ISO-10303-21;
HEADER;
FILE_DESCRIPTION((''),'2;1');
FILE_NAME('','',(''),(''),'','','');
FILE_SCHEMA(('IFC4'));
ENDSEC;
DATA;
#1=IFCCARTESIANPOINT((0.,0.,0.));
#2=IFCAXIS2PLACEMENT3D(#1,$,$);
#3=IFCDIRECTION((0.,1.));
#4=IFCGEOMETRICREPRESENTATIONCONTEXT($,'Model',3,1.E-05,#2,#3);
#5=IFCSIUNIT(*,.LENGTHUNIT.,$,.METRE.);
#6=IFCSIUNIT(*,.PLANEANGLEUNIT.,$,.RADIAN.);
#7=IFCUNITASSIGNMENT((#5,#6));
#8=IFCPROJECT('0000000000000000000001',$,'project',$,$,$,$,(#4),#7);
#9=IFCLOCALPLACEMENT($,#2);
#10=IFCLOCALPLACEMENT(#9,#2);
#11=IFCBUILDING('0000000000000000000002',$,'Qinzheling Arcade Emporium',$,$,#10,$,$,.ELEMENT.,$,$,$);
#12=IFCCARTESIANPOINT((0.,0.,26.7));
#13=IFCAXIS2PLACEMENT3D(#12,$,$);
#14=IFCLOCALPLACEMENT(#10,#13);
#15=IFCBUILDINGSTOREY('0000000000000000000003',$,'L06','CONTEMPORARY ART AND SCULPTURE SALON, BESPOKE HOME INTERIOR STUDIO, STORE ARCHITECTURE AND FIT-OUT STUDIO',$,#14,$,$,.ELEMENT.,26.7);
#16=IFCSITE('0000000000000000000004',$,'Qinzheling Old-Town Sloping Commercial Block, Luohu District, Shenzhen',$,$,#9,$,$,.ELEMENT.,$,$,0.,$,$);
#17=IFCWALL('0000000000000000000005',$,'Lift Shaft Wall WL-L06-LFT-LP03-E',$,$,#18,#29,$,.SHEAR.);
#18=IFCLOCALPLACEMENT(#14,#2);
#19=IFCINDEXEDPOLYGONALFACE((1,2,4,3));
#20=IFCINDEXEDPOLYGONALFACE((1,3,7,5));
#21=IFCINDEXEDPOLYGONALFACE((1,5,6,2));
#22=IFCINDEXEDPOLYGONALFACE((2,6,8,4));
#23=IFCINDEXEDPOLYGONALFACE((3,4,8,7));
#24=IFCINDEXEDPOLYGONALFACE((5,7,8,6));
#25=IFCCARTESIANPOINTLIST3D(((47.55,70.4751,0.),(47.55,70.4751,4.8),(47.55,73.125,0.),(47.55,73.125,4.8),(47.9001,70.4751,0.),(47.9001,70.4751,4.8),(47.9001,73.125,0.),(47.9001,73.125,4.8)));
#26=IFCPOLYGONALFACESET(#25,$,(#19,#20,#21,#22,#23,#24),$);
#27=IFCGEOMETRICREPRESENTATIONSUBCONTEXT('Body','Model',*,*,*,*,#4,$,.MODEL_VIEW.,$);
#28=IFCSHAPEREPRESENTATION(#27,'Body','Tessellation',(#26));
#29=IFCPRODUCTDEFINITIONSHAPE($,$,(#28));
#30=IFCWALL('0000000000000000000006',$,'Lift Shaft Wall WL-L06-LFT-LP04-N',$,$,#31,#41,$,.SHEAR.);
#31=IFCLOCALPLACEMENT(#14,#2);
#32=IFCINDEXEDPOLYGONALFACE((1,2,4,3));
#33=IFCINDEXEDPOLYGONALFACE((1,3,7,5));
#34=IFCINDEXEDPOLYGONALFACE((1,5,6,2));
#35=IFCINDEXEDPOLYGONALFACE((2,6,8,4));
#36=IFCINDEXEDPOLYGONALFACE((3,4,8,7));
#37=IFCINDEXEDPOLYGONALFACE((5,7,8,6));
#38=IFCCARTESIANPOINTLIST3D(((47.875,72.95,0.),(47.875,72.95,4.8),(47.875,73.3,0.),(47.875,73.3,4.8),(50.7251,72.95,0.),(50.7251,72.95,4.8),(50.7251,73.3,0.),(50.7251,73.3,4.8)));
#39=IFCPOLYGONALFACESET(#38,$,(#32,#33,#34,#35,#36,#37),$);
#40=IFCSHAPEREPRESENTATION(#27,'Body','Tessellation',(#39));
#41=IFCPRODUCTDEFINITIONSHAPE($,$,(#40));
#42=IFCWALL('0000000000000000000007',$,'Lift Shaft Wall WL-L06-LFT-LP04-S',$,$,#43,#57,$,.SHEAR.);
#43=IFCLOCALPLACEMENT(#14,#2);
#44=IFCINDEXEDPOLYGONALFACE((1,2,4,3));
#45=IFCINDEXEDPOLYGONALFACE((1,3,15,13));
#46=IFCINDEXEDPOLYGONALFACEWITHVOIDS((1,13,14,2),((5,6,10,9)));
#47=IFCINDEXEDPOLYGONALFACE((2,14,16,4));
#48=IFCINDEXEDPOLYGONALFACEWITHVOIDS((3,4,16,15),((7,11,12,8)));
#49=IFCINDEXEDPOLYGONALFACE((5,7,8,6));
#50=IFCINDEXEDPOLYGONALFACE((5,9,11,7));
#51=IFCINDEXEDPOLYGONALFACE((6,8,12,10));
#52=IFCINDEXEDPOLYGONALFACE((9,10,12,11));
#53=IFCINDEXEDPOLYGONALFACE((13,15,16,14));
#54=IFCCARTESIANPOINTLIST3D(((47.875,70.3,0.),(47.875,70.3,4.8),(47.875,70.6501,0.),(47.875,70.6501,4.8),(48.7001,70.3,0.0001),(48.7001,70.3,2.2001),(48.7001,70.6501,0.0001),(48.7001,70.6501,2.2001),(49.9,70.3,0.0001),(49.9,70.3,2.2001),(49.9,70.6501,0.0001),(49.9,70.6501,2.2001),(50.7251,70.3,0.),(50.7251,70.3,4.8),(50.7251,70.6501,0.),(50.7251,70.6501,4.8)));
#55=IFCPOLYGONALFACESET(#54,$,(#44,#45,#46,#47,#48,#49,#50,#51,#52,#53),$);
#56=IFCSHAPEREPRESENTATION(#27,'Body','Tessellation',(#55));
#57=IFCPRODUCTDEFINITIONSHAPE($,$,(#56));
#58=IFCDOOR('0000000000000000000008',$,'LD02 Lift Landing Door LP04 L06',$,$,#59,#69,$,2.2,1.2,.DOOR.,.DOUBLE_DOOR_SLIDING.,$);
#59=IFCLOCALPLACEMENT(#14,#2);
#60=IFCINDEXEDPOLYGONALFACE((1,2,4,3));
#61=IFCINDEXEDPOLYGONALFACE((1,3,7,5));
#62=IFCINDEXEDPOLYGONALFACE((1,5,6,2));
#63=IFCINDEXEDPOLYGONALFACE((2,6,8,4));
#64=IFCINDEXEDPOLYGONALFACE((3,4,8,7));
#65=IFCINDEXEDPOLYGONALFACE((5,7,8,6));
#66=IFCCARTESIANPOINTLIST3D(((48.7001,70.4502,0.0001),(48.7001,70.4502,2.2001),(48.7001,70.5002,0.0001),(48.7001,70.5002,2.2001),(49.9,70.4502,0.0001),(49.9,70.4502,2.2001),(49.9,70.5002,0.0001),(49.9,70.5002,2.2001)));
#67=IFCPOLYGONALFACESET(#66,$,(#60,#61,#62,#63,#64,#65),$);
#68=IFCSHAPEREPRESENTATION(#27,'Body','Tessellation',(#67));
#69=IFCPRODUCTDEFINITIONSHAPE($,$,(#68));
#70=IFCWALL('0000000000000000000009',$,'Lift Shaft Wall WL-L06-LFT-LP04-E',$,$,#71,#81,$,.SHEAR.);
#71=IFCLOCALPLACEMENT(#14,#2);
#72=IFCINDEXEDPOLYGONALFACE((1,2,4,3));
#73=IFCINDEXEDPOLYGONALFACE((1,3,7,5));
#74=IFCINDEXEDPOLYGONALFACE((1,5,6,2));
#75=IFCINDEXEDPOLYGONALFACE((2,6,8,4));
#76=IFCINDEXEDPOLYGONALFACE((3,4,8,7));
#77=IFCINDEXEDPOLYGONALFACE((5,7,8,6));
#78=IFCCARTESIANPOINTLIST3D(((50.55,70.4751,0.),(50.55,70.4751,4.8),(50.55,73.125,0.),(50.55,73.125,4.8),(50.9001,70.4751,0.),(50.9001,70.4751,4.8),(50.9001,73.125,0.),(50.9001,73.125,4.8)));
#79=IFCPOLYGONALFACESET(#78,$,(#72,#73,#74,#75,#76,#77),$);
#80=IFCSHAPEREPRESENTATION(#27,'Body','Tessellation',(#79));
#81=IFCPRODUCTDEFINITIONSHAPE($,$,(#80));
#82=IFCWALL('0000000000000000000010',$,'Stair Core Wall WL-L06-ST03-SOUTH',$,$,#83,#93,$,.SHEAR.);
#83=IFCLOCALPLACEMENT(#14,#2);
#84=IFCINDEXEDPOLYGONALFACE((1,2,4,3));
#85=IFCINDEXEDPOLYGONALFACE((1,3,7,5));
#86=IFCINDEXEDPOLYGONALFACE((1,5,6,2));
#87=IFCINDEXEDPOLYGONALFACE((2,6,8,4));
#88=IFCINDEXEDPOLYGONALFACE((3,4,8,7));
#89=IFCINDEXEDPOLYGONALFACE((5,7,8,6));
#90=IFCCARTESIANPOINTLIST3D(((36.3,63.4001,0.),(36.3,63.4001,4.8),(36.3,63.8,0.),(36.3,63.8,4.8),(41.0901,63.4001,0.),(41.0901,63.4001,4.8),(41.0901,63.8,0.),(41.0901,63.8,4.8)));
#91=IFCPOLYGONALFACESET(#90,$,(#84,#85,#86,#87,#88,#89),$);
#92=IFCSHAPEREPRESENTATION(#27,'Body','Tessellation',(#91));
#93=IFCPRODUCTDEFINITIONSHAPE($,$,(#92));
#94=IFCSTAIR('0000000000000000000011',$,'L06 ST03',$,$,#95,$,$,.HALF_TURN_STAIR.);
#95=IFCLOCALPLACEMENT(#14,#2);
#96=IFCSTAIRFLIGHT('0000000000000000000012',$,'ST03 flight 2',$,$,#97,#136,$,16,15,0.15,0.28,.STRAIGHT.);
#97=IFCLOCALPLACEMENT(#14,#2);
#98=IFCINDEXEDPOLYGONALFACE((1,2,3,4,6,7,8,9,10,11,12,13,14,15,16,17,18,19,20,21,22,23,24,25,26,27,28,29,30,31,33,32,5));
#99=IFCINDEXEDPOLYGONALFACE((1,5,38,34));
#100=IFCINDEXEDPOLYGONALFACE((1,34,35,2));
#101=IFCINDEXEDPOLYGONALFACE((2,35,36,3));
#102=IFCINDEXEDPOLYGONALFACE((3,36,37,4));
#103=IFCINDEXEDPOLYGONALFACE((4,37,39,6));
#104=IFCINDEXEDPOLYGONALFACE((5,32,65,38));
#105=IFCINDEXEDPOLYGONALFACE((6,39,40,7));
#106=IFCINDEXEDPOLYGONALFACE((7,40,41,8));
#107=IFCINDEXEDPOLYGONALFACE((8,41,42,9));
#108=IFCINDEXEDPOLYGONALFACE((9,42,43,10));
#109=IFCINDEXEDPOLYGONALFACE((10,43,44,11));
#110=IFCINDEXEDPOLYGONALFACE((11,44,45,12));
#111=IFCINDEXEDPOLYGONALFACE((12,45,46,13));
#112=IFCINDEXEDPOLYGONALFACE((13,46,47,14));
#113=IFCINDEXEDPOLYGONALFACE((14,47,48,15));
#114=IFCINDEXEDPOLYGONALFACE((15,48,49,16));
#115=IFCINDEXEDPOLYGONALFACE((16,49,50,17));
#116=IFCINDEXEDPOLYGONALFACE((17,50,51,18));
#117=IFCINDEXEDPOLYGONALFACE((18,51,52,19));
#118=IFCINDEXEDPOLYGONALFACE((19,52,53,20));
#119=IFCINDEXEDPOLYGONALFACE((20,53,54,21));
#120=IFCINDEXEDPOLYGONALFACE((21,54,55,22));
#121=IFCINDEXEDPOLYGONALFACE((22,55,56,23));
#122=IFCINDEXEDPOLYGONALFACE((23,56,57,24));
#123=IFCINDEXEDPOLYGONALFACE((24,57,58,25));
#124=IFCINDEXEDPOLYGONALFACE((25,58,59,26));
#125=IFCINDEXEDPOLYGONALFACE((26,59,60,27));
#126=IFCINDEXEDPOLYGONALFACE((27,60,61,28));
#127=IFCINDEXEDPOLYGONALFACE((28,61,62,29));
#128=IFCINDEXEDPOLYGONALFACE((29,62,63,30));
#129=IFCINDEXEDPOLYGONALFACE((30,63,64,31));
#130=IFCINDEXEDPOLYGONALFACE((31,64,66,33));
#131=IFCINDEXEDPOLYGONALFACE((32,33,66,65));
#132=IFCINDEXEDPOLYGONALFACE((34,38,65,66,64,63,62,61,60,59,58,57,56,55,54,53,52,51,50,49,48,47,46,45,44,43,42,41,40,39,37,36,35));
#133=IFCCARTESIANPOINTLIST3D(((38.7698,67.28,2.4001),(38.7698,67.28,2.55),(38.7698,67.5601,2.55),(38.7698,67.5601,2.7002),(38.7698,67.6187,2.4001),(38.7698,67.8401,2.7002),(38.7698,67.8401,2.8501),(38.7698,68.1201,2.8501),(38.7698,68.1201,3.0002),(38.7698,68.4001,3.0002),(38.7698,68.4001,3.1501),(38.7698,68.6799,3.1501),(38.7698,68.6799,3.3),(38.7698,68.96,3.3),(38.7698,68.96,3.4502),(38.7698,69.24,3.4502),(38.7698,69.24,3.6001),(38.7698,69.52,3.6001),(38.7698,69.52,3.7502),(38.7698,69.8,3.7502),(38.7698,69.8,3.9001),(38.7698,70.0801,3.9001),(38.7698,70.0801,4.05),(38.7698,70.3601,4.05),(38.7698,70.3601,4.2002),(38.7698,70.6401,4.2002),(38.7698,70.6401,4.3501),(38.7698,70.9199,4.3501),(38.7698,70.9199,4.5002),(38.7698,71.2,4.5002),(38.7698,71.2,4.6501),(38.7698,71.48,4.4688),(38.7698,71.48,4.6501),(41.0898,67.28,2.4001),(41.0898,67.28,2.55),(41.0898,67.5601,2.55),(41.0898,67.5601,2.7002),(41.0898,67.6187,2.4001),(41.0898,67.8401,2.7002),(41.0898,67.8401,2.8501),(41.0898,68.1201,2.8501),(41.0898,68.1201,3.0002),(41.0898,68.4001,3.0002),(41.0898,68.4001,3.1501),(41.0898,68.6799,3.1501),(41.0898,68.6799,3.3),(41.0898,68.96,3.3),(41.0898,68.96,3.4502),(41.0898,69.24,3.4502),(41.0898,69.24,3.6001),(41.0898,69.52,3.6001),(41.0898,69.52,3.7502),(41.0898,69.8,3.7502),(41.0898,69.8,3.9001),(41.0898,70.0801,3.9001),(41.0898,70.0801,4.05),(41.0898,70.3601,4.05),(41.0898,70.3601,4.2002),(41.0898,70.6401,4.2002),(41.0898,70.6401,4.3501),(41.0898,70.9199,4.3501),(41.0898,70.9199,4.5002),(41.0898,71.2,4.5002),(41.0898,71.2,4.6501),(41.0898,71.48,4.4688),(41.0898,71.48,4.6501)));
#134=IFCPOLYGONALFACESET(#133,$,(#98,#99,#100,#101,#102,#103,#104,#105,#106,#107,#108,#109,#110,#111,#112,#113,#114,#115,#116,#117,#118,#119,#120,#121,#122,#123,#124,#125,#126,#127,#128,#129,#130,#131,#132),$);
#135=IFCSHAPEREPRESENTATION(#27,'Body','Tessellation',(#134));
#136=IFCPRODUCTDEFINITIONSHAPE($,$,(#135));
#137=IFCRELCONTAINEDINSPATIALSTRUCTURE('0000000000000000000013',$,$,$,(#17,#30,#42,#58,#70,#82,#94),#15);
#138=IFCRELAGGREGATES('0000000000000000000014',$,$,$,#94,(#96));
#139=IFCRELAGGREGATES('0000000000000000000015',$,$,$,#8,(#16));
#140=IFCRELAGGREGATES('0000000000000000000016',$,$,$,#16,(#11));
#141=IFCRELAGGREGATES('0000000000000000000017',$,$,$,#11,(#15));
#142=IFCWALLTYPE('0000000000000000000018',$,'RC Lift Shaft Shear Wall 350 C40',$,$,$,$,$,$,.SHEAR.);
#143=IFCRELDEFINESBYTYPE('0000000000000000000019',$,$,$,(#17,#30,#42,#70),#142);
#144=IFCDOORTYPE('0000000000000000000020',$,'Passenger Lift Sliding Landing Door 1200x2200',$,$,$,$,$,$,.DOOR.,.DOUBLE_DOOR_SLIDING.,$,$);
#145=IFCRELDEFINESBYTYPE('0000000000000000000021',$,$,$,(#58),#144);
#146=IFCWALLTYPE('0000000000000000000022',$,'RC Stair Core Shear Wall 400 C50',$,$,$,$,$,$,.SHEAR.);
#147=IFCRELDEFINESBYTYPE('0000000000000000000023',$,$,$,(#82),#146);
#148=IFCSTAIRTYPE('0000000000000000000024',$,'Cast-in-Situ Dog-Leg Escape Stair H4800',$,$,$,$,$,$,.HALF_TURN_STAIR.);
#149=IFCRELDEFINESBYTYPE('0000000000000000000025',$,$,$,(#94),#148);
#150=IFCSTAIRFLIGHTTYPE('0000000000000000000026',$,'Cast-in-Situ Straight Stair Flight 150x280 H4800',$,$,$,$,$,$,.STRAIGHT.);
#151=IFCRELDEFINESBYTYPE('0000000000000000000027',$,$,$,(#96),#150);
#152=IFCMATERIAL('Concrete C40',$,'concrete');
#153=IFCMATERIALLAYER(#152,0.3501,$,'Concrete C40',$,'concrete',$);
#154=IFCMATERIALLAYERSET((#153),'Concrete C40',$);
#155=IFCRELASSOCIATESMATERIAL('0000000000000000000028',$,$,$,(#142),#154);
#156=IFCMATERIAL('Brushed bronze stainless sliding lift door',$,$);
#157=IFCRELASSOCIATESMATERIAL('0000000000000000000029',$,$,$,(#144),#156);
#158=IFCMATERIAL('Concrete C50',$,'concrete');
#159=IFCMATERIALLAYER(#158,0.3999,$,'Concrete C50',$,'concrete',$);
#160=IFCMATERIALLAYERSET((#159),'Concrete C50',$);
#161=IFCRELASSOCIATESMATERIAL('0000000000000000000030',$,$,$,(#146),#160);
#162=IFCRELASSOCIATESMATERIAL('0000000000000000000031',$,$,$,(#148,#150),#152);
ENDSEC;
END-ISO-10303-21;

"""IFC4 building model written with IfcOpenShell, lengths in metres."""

from ifc_helpers import new_model, si_unit, direction, frame, frame_2d, origin, place, context, subcontext, project, spatial, polyline, rectangle, outline, extrude, material, layer, layer_set, type_object, element, fill, aggregate, save


model = new_model("IFC4")

# Units and contexts
model_context = context("Model", 3, precision=1e-05, world=origin(), true_north=direction((0.0, 1.0)))
body_context = subcontext(model_context, "Body", "Model", "MODEL_VIEW")
ifc_project = project(units=[si_unit("LENGTHUNIT", "METRE"), si_unit("PLANEANGLEUNIT", "RADIAN")], contexts=[model_context])

# Site, building, storey
site_placement = place(None, origin())
site = spatial("IfcSite", under=ifc_project, at=site_placement, Name="Qinzheling Old-Town Sloping Commercial Block, Luohu District, Shenzhen", CompositionType="ELEMENT", RefElevation=0.0)
building_placement = place(site_placement, origin())
building = spatial("IfcBuilding", under=site, at=building_placement, Name="Qinzheling Arcade Emporium", CompositionType="ELEMENT")
storey_placement = place(building_placement, frame((0.0, 0.0, 26.7)))
storey = spatial("IfcBuildingStorey", under=building, at=storey_placement, Name="L06", Description="CONTEMPORARY ART AND SCULPTURE SALON, BESPOKE HOME INTERIOR STUDIO, STORE ARCHITECTURE AND FIT-OUT STUDIO", CompositionType="ELEMENT", Elevation=26.7)

# Shared definitions
ifc_material_1 = material(Name="Concrete C40", Category="concrete")

# Shared definitions
ifc_layer_1 = layer(ifc_material_1, 0.3501, Name="Concrete C40", Category="concrete")
ifc_layer_set_1 = layer_set([ifc_layer_1], Name="Concrete C40")
wall_type_1 = type_object("IfcWallType", Name="RC Lift Shaft Shear Wall 350 C40", PredefinedType="SHEAR", material=ifc_layer_set_1)

# Shared definitions
ifc_material_2 = material(Name="Brushed bronze stainless sliding lift door")
door_type_1 = type_object("IfcDoorType", Name="Passenger Lift Sliding Landing Door 1200x2200", OperationType="DOUBLE_DOOR_SLIDING", PredefinedType="DOOR", material=ifc_material_2)

# Walls
for number, where, z_axis, x_axis, name in (
    (1, (47.7251, 73.125, 0.0), (0.0, 0.0, 1.0), (0.0, -1.0, 0.0), "Lift Shaft Wall WL-L06-LFT-LP03-E"),
):
    element("IfcWall", number, at=place(storey_placement, frame(where, z_axis=z_axis, x_axis=x_axis)), inside=storey, type_object=wall_type_1, Name=name, PredefinedType="SHEAR", context=body_context, shape_type="SweptSolid", body=[
        extrude(rectangle(XDim=2.6499, YDim=0.3501, at=frame_2d((1.325, 0.0))), origin(), (0.0, 0.0, 1.0), 4.8),
    ])
wall_1_placement = place(storey_placement, frame((47.875, 73.125, 0.0), z_axis=(0.0, 0.0, 1.0), x_axis=(1.0, 0.0, 0.0)))
element("IfcWall", 2, at=wall_1_placement, inside=storey, type_object=wall_type_1, Name="Lift Shaft Wall WL-L06-LFT-LP04-N", PredefinedType="SHEAR", context=body_context, shape_type="SweptSolid", body=[
    extrude(rectangle(XDim=2.8501, YDim=0.3501, at=frame_2d((1.425, 0.0))), origin(), (0.0, 0.0, 1.0), 4.8),
])

# Wall, opening, door
wall_2_placement = place(storey_placement, frame((50.7251, 70.4751, 0.0), z_axis=(0.0, 0.0, 1.0), x_axis=(-1.0, 0.0, 0.0)))
wall_2 = element("IfcWall", 3, at=wall_2_placement, inside=storey, type_object=wall_type_1, Name="Lift Shaft Wall WL-L06-LFT-LP04-S", PredefinedType="SHEAR", context=body_context, shape_type="SweptSolid", body=[
    extrude(rectangle(XDim=2.8501, YDim=0.3501, at=frame_2d((1.425, 0.0))), origin(), (0.0, 0.0, 1.0), 4.8),
])
opening_1_placement = place(wall_2_placement, frame((0.825, 0.0, 0.0)))
opening_1 = element("IfcOpeningElement", 4, at=opening_1_placement, cuts=wall_2, PredefinedType="OPENING", context=body_context, shape_type="SweptSolid", body=[
    extrude(rectangle(XDim=1.2, YDim=2.2, at=frame_2d((0.6001, 1.1001))), frame((0.0, 0.1851, 0.0), z_axis=(0.0, -1.0, 0.0), x_axis=(1.0, 0.0, 0.0)), (0.0, 0.0, 1.0), 0.3701),
])
door_1_placement = place(opening_1_placement, origin())
door_1 = element("IfcDoor", 5, at=door_1_placement, inside=storey, type_object=door_type_1, Name="LD02 Lift Landing Door LP04 L06", OperationType="DOUBLE_DOOR_SLIDING", OverallHeight=2.2, OverallWidth=1.2, PredefinedType="DOOR", context=body_context, shape_type="SweptSolid", body=[
    extrude(rectangle(XDim=1.2, YDim=2.2, at=frame_2d((0.6001, 1.1001))), frame((0.0, 0.0249, 0.0), z_axis=(0.0, -1.0, 0.0), x_axis=(1.0, 0.0, 0.0)), (0.0, 0.0, 1.0), 0.05),
])
fill(opening_1, door_1)

# Walls
wall_3_placement = place(storey_placement, frame((50.7251, 73.125, 0.0), z_axis=(0.0, 0.0, 1.0), x_axis=(0.0, -1.0, 0.0)))
element("IfcWall", 6, at=wall_3_placement, inside=storey, type_object=wall_type_1, Name="Lift Shaft Wall WL-L06-LFT-LP04-E", PredefinedType="SHEAR", context=body_context, shape_type="SweptSolid", body=[
    extrude(rectangle(XDim=2.6499, YDim=0.3501, at=frame_2d((1.325, 0.0))), origin(), (0.0, 0.0, 1.0), 4.8),
])
ifc_material_3 = material(Name="Concrete C50", Category="concrete")
ifc_layer_2 = layer(ifc_material_3, 0.3999, Name="Concrete C50", Category="concrete")
ifc_layer_set_2 = layer_set([ifc_layer_2], Name="Concrete C50")
wall_type_2 = type_object("IfcWallType", Name="RC Stair Core Shear Wall 400 C50", PredefinedType="SHEAR", material=ifc_layer_set_2)
wall_4_placement = place(storey_placement, frame((41.0901, 63.6001, 0.0), z_axis=(0.0, 0.0, 1.0), x_axis=(-1.0, 0.0, 0.0)))
element("IfcWall", 7, at=wall_4_placement, inside=storey, type_object=wall_type_2, Name="Stair Core Wall WL-L06-ST03-SOUTH", PredefinedType="SHEAR", context=body_context, shape_type="SweptSolid", body=[
    extrude(rectangle(XDim=4.79, YDim=0.3999, at=frame_2d((2.395, 0.0))), origin(), (0.0, 0.0, 1.0), 4.8),
])

# Stair, stair flight
stair_type = type_object("IfcStairType", Name="Cast-in-Situ Dog-Leg Escape Stair H4800", PredefinedType="HALF_TURN_STAIR", material=ifc_material_1)
stair_placement = place(storey_placement, origin())
stair = element("IfcStair", 8, at=stair_placement, inside=storey, type_object=stair_type, Name="L06 ST03", PredefinedType="HALF_TURN_STAIR")
stair_flight_type = type_object("IfcStairFlightType", Name="Cast-in-Situ Straight Stair Flight 150x280 H4800", PredefinedType="STRAIGHT", material=ifc_material_1)
stair_flight_placement = place(storey_placement, frame((39.9299, 67.28, 2.4001), z_axis=(0.0, 0.0, 1.0), x_axis=(0.0, 1.0, 0.0)))
stair_flight = element("IfcStairFlight", 9, at=stair_flight_placement, type_object=stair_flight_type, Name="ST03 flight 2", NumberOfRisers=16, NumberOfTreads=15, PredefinedType="STRAIGHT", RiserHeight=0.15, TreadLength=0.28, context=body_context, shape_type="SweptSolid", body=[
    extrude(outline(polyline([(0.0, 0.0), (0.0, 0.1499), (0.28, 0.1499), (0.28, 0.3), (0.5601, 0.3), (0.5601, 0.45), (0.8401, 0.45), (0.8401, 0.6001), (1.1201, 0.6001), (1.1201, 0.75), (1.3999, 0.75), (1.3999, 0.8999), (1.6799, 0.8999), (1.6799, 1.05), (1.96, 1.05), (1.96, 1.2), (2.24, 1.2), (2.24, 1.3501), (2.52, 1.3501), (2.52, 1.5), (2.8, 1.5), (2.8, 1.6499), (3.0801, 1.6499), (3.0801, 1.8), (3.3601, 1.8), (3.3601, 1.95), (3.6399, 1.95), (3.6399, 2.1001), (3.9199, 2.1001), (3.9199, 2.25), (4.2, 2.25), (4.2, 2.3999), (4.2, 2.0686), (0.3386, 0.0), (0.0, 0.0)])), frame((0.0, 1.1602, 0.0), z_axis=(0.0, -1.0, 0.0), x_axis=(1.0, 0.0, 0.0)), (0.0, 0.0, 1.0), 2.3201),
])
aggregate(stair, [stair_flight])

save(model, "model.ifc")
